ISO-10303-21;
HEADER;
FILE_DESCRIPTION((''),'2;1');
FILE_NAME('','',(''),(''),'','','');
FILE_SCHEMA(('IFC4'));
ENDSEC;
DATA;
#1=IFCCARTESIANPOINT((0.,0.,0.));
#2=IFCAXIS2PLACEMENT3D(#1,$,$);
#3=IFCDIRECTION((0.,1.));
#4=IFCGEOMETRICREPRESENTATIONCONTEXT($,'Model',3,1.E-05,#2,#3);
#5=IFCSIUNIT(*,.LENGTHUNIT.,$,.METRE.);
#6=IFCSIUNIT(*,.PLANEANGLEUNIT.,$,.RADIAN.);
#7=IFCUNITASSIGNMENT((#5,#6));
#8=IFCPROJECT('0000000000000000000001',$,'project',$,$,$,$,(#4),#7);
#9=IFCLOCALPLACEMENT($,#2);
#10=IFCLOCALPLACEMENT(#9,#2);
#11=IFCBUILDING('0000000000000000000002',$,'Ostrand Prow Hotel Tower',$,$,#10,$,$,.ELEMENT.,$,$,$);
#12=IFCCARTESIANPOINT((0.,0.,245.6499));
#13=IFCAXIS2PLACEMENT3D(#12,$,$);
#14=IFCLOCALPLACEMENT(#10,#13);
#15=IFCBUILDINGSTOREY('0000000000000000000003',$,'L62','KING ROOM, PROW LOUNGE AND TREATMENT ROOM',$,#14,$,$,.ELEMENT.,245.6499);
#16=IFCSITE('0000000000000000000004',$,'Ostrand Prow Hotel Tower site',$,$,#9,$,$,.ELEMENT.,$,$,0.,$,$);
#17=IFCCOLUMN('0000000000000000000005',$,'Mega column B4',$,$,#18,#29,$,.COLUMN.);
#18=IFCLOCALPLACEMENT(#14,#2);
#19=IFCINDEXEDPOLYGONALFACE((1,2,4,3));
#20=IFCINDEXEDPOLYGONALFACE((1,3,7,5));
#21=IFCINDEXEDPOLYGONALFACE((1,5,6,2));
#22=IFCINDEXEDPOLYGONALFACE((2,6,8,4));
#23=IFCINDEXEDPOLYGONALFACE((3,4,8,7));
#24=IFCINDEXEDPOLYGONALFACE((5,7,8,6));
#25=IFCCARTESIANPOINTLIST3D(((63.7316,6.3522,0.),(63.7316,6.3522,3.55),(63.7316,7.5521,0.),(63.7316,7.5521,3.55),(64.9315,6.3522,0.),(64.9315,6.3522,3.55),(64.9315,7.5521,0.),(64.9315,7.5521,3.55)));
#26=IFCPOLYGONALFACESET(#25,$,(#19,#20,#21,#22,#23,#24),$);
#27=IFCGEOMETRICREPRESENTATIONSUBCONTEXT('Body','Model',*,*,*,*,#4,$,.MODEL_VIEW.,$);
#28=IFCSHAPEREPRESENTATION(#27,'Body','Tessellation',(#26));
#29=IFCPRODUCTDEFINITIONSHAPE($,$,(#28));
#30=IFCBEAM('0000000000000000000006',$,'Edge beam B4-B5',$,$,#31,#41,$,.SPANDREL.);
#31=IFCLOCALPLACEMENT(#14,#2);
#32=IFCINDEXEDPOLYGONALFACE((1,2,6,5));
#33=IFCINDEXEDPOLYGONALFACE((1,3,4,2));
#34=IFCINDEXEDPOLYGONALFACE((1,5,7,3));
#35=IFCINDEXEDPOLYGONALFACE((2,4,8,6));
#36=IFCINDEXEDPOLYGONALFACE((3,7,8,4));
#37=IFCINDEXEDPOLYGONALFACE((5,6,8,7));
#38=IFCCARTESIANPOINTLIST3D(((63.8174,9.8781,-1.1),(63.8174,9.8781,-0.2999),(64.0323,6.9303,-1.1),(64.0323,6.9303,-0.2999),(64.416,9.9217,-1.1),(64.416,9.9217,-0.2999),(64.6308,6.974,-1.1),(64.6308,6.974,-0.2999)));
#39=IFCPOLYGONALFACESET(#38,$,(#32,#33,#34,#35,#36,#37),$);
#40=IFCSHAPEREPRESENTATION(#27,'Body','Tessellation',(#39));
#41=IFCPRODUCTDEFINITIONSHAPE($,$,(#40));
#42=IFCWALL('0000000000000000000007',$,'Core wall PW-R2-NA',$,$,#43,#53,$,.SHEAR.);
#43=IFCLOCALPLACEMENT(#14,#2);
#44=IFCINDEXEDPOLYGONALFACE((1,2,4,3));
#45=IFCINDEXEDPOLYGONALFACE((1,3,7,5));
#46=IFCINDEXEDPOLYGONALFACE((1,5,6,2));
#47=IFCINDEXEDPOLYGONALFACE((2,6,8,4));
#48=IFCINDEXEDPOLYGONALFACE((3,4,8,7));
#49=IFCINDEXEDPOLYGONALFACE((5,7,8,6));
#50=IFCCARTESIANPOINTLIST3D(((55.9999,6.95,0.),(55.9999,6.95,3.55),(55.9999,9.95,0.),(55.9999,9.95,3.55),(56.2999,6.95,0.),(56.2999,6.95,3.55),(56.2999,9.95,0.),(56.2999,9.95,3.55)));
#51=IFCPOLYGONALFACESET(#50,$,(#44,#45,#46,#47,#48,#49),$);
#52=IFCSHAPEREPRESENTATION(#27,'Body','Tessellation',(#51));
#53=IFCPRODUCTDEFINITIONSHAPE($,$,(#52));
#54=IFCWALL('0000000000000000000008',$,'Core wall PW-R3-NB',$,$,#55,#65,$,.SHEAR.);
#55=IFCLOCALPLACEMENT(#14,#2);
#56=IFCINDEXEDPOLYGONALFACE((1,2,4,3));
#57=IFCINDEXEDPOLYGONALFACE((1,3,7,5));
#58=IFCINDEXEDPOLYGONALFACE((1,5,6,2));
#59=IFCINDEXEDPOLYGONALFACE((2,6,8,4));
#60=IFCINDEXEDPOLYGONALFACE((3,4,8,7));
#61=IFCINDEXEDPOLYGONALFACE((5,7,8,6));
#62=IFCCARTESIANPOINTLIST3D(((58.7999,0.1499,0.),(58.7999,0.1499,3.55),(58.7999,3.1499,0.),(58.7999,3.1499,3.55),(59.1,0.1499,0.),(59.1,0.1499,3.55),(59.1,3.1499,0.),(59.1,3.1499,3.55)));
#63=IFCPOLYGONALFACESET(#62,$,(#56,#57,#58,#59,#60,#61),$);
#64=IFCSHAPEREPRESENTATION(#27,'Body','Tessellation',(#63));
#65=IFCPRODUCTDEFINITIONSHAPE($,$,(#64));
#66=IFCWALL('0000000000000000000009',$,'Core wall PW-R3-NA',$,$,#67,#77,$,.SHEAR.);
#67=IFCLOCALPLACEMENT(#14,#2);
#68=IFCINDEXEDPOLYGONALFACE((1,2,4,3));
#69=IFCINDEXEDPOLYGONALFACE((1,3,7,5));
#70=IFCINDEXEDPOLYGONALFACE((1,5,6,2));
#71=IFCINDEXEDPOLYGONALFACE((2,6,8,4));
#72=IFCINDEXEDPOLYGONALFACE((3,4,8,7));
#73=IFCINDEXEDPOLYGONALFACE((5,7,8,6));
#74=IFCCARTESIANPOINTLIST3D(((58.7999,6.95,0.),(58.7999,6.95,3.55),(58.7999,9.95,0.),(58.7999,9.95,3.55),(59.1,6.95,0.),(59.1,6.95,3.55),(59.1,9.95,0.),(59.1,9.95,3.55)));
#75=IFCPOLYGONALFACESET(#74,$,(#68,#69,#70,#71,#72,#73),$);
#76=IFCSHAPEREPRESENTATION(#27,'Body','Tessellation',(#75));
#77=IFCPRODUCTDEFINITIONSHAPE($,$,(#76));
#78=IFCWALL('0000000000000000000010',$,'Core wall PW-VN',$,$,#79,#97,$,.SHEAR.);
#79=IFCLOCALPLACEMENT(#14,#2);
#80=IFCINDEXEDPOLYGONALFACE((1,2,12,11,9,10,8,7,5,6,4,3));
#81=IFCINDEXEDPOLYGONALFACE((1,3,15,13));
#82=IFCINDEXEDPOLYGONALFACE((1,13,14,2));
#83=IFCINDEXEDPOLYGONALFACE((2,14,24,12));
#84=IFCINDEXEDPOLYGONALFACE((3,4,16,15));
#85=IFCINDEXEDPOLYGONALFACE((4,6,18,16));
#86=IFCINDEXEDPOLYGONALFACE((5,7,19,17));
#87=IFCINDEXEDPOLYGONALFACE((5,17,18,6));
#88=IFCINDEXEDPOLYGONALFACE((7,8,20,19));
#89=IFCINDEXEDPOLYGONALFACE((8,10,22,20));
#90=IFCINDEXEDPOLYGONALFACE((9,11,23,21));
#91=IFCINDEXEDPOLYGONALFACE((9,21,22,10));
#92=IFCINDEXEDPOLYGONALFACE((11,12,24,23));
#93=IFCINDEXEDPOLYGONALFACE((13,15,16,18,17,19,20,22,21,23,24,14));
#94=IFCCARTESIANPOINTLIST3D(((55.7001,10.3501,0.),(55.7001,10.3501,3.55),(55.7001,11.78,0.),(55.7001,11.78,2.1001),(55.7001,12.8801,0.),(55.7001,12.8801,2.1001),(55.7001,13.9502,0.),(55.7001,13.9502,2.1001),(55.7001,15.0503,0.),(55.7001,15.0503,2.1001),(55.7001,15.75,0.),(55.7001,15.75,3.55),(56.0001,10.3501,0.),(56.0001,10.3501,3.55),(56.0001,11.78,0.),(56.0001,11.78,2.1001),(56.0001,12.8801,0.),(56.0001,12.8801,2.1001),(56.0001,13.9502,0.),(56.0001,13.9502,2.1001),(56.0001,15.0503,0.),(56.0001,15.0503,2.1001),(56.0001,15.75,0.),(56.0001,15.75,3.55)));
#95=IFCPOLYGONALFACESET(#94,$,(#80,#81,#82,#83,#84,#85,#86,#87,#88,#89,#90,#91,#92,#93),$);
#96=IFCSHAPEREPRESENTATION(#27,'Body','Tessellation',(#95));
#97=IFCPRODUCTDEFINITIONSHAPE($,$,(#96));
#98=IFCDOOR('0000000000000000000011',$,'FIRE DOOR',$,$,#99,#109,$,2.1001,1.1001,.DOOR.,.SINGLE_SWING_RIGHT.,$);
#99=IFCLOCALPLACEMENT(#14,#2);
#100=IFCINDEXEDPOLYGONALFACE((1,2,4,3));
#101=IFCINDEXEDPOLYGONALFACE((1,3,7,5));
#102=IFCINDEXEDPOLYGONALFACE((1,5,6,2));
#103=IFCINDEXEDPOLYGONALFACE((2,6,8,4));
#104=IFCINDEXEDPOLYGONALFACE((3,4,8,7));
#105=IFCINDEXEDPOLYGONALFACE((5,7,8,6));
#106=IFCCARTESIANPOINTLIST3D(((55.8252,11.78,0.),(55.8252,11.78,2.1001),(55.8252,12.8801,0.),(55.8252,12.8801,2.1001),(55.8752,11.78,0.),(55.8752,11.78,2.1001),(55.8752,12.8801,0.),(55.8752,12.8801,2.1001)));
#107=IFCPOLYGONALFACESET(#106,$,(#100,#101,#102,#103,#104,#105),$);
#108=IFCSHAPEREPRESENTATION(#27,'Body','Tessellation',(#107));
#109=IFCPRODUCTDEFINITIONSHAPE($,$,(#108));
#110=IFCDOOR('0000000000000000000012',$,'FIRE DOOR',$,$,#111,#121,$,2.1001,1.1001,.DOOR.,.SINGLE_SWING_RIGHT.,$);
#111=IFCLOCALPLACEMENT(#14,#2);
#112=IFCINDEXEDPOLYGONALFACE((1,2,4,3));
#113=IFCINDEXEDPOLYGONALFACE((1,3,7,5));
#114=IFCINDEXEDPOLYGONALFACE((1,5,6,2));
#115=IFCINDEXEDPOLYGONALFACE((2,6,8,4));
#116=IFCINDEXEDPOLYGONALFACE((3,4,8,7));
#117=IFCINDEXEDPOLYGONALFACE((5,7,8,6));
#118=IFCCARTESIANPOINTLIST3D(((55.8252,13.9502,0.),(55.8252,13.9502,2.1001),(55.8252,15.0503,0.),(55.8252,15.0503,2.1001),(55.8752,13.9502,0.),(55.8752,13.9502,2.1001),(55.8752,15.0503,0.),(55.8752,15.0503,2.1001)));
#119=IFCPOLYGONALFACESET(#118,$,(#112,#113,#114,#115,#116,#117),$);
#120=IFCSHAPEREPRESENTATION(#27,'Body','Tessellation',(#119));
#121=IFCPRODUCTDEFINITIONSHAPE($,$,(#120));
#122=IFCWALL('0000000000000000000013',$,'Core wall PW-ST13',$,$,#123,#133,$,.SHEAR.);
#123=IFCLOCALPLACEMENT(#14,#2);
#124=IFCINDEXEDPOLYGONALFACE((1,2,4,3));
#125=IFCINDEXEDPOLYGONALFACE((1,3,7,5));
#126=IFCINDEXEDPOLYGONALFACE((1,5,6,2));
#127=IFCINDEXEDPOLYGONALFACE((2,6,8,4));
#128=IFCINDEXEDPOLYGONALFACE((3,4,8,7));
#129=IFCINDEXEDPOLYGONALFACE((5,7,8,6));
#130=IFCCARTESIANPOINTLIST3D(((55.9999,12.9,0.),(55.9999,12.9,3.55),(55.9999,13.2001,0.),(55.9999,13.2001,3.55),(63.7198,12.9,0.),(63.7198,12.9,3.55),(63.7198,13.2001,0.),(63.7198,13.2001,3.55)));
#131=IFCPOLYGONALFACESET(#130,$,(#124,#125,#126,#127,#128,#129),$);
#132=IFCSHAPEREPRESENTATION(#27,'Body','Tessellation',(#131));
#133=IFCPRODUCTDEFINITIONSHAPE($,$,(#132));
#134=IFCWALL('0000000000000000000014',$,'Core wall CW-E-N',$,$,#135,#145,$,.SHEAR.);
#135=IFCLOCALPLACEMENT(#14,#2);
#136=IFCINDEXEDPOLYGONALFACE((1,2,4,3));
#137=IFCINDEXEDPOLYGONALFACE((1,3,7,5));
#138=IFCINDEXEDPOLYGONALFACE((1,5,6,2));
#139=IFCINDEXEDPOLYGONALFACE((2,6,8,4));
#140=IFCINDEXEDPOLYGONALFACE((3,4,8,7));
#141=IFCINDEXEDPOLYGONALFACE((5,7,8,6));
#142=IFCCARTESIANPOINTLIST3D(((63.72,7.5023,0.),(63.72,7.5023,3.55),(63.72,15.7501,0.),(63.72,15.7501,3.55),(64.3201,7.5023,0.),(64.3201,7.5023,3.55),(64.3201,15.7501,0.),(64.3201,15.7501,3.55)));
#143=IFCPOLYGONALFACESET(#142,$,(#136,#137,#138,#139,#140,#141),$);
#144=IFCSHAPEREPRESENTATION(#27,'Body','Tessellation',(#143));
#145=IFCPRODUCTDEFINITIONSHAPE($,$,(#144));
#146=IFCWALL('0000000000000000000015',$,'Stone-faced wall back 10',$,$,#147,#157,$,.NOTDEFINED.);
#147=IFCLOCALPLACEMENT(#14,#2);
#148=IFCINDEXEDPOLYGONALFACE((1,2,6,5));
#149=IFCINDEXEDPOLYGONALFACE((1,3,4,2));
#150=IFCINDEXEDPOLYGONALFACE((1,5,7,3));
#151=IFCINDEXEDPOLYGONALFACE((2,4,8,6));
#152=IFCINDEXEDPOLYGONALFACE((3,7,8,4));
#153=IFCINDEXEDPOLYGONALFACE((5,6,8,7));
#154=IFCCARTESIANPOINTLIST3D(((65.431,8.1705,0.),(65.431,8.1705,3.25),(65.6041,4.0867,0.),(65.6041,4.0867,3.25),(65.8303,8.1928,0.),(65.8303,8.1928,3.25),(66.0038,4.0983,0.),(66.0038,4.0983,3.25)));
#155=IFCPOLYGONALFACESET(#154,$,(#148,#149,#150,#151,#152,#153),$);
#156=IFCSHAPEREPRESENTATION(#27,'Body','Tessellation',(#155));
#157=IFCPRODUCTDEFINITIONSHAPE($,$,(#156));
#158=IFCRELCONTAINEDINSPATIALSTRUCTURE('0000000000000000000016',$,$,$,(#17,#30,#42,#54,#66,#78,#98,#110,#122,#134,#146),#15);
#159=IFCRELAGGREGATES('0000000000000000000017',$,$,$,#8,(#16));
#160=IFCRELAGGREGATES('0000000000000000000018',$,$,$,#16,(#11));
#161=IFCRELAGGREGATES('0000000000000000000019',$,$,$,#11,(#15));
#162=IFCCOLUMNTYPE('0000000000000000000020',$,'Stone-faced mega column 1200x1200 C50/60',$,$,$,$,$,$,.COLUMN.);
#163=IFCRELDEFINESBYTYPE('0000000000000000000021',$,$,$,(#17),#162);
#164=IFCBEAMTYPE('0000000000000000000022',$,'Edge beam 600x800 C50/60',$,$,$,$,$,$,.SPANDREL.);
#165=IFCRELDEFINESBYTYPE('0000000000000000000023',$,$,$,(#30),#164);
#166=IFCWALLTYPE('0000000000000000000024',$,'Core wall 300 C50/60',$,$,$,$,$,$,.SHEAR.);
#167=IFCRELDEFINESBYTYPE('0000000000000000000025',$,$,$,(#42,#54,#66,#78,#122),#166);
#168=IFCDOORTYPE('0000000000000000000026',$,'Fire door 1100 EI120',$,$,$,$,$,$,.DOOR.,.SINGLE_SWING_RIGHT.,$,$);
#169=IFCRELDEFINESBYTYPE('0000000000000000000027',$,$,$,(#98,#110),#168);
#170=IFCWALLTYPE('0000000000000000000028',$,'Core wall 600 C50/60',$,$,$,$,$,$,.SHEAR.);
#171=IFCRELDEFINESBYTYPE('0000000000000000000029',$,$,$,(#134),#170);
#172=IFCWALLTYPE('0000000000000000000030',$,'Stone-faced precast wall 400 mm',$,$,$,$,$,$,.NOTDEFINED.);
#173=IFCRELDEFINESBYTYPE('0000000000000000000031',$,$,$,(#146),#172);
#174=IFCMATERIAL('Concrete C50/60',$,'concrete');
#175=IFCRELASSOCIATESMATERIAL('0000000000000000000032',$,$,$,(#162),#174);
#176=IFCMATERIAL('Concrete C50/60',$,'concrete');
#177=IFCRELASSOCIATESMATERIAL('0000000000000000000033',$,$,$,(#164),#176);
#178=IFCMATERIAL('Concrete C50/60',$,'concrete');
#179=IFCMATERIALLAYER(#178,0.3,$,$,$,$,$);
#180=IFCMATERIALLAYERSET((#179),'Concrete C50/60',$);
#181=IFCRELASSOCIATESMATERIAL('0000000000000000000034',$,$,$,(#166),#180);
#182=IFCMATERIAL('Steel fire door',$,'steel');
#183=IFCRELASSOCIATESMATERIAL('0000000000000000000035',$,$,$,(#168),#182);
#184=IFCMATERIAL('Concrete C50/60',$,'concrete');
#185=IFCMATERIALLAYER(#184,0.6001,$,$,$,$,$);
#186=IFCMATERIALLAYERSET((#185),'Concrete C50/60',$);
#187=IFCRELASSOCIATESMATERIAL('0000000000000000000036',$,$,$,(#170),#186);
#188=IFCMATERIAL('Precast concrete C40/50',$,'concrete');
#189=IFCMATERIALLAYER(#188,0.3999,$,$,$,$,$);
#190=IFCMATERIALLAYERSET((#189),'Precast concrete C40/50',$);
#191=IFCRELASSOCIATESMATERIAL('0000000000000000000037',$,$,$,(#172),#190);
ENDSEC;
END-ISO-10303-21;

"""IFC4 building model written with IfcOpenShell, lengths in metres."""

from ifc_helpers import new_model, si_unit, direction, frame, frame_2d, origin, origin_2d, place, context, subcontext, project, spatial, polyline, rectangle, outline, extrude, material, layer, layer_set, material_profile, profile_set, type_object, element, fill, save


model = new_model("IFC4")

# Units and contexts
model_context = context("Model", 3, precision=1e-05, world=origin(), true_north=direction((0.0, 1.0)))
body_context = subcontext(model_context, "Body", "Model", "MODEL_VIEW")
ifc_project = project(units=[si_unit("LENGTHUNIT", "METRE"), si_unit("PLANEANGLEUNIT", "RADIAN")], contexts=[model_context])

# Site, building, storey
site_placement = place(None, origin())
site = spatial("IfcSite", under=ifc_project, at=site_placement, Name="Ostrand Prow Hotel Tower site", CompositionType="ELEMENT", RefElevation=0.0)
building_placement = place(site_placement, origin())
building = spatial("IfcBuilding", under=site, at=building_placement, Name="Ostrand Prow Hotel Tower", CompositionType="ELEMENT")
storey_placement = place(building_placement, frame((0.0, 0.0, 245.6499)))
storey = spatial("IfcBuildingStorey", under=building, at=storey_placement, Name="L62", Description="KING ROOM, PROW LOUNGE AND TREATMENT ROOM", CompositionType="ELEMENT", Elevation=245.6499)

# Column
ifc_material_1 = material(Name="Concrete C50/60", Category="concrete")
ifc_material_profile_1 = material_profile(ifc_material_1, rectangle(XDim=1.2, YDim=1.2, at=origin_2d()), Name="RC 1200x1200")
ifc_profile_set_1 = profile_set([ifc_material_profile_1], Name="Concrete C50/60")
column_type = type_object("IfcColumnType", Name="Stone-faced mega column 1200x1200 C50/60", PredefinedType="COLUMN", material=ifc_profile_set_1)
column_placement = place(storey_placement, frame((64.3315, 6.9521, 0.0), z_axis=(0.0, 0.0, 1.0), x_axis=(1.0, 0.0, 0.0)))
element("IfcColumn", 1, at=column_placement, inside=storey, type_object=column_type, Name="Mega column B4", PredefinedType="COLUMN", context=body_context, shape_type="SweptSolid", body=[
    extrude(rectangle(XDim=1.2, YDim=1.2, at=origin_2d()), origin(), (0.0, 0.0, 1.0), 3.55),
])

# Beam
ifc_material_2 = material(Name="Concrete C50/60", Category="concrete")
ifc_material_profile_2 = material_profile(ifc_material_2, rectangle(XDim=0.6001, YDim=0.8, at=origin_2d()), Name="RC 600x800")
ifc_profile_set_2 = profile_set([ifc_material_profile_2], Name="Concrete C50/60")
beam_type = type_object("IfcBeamType", Name="Edge beam 600x800 C50/60", PredefinedType="SPANDREL", material=ifc_profile_set_2)
beam_placement = place(storey_placement, frame((64.3315, 6.9521, -0.7), z_axis=(-0.072691, 0.997355, 0.0), x_axis=(-0.997355, -0.072691, 0.0)))
element("IfcBeam", 2, at=beam_placement, inside=storey, type_object=beam_type, Name="Edge beam B4-B5", PredefinedType="SPANDREL", context=body_context, shape_type="SweptSolid", body=[
    extrude(rectangle(XDim=0.6001, YDim=0.8, at=origin_2d()), origin(), (0.0, 0.0, 1.0), 2.9556),
])

# Walls
ifc_material_3 = material(Name="Concrete C50/60", Category="concrete")
ifc_layer_1 = layer(ifc_material_3, 0.3)
ifc_layer_set_1 = layer_set([ifc_layer_1], Name="Concrete C50/60")
wall_type_1 = type_object("IfcWallType", Name="Core wall 300 C50/60", PredefinedType="SHEAR", material=ifc_layer_set_1)
for number, where, z_axis, x_axis, name in (
    (3, (56.1499, 6.95, 0.0), (0.0, 0.0, 1.0), (0.0, 1.0, 0.0), "Core wall PW-R2-NA"),
    (4, (58.95, 0.1499, 0.0), (0.0, 0.0, 1.0), (0.0, 1.0, 0.0), "Core wall PW-R3-NB"),
    (5, (58.95, 6.95, 0.0), (0.0, 0.0, 1.0), (0.0, 1.0, 0.0), "Core wall PW-R3-NA"),
):
    element("IfcWall", number, at=place(storey_placement, frame(where, z_axis=z_axis, x_axis=x_axis)), inside=storey, type_object=wall_type_1, Name=name, PredefinedType="SHEAR", context=body_context, shape_type="SweptSolid", body=[
        extrude(rectangle(XDim=3.0, YDim=0.3, at=frame_2d((1.5, 0.0))), origin(), (0.0, 0.0, 1.0), 3.55),
    ])

# Wall, openings, doors
wall_1_placement = place(storey_placement, frame((55.8501, 10.3501, 0.0), z_axis=(0.0, 0.0, 1.0), x_axis=(0.0, 1.0, 0.0)))
wall_1 = element("IfcWall", 6, at=wall_1_placement, inside=storey, type_object=wall_type_1, Name="Core wall PW-VN", PredefinedType="SHEAR", context=body_context, shape_type="SweptSolid", body=[
    extrude(rectangle(XDim=5.3999, YDim=0.3, at=frame_2d((2.7, 0.0))), origin(), (0.0, 0.0, 1.0), 3.55),
])
opening_1_placement = place(wall_1_placement, frame((1.4299, 0.0, 0.0)))
opening_1 = element("IfcOpeningElement", 7, at=opening_1_placement, cuts=wall_1, PredefinedType="OPENING", context=body_context, shape_type="SweptSolid", body=[
    extrude(rectangle(XDim=1.1001, YDim=2.1001, at=frame_2d((0.55, 1.05))), frame((0.0, 0.1599, 0.0), z_axis=(0.0, -1.0, 0.0), x_axis=(1.0, 0.0, 0.0)), (0.0, 0.0, 1.0), 0.3201),
])
opening_2_placement = place(wall_1_placement, frame((3.6001, 0.0, 0.0)))
opening_2 = element("IfcOpeningElement", 8, at=opening_2_placement, cuts=wall_1, PredefinedType="OPENING", context=body_context, shape_type="SweptSolid", body=[
    extrude(rectangle(XDim=1.1001, YDim=2.1001, at=frame_2d((0.55, 1.05))), frame((0.0, 0.1599, 0.0), z_axis=(0.0, -1.0, 0.0), x_axis=(1.0, 0.0, 0.0)), (0.0, 0.0, 1.0), 0.3201),
])
ifc_material_4 = material(Name="Steel fire door", Category="steel")
door_type = type_object("IfcDoorType", Name="Fire door 1100 EI120", OperationType="SINGLE_SWING_RIGHT", PredefinedType="DOOR", material=ifc_material_4)
door_1_placement = place(opening_1_placement, origin())
door_1 = element("IfcDoor", 9, at=door_1_placement, inside=storey, type_object=door_type, Name="FIRE DOOR", OperationType="SINGLE_SWING_RIGHT", OverallHeight=2.1001, OverallWidth=1.1001, PredefinedType="DOOR", context=body_context, shape_type="SweptSolid", body=[
    extrude(rectangle(XDim=1.1001, YDim=2.1001, at=frame_2d((0.55, 1.05))), frame((0.0, 0.0249, 0.0), z_axis=(0.0, -1.0, 0.0), x_axis=(1.0, 0.0, 0.0)), (0.0, 0.0, 1.0), 0.05),
])
fill(opening_1, door_1)
door_2_placement = place(opening_2_placement, origin())
door_2 = element("IfcDoor", 10, at=door_2_placement, inside=storey, type_object=door_type, Name="FIRE DOOR", OperationType="SINGLE_SWING_RIGHT", OverallHeight=2.1001, OverallWidth=1.1001, PredefinedType="DOOR", context=body_context, shape_type="SweptSolid", body=[
    extrude(rectangle(XDim=1.1001, YDim=2.1001, at=frame_2d((0.55, 1.05))), frame((0.0, 0.0249, 0.0), z_axis=(0.0, -1.0, 0.0), x_axis=(1.0, 0.0, 0.0)), (0.0, 0.0, 1.0), 0.05),
])
fill(opening_2, door_2)

# Walls
wall_2_placement = place(storey_placement, frame((56.0, 13.05, 0.0), z_axis=(0.0, 0.0, 1.0), x_axis=(1.0, 0.0, 0.0)))
element("IfcWall", 11, at=wall_2_placement, inside=storey, type_object=wall_type_1, Name="Core wall PW-ST13", PredefinedType="SHEAR", context=body_context, shape_type="SweptSolid", body=[
    extrude(rectangle(XDim=7.72, YDim=0.3, at=frame_2d((3.8599, 0.0))), origin(), (0.0, 0.0, 1.0), 3.55),
])
ifc_material_5 = material(Name="Concrete C50/60", Category="concrete")
ifc_layer_2 = layer(ifc_material_5, 0.6001)
ifc_layer_set_2 = layer_set([ifc_layer_2], Name="Concrete C50/60")
wall_type_2 = type_object("IfcWallType", Name="Core wall 600 C50/60", PredefinedType="SHEAR", material=ifc_layer_set_2)
wall_3_placement = place(storey_placement, frame((64.02, 7.5022, 0.0), z_axis=(0.0, 0.0, 1.0), x_axis=(0.0, 1.0, 0.0)))
element("IfcWall", 12, at=wall_3_placement, inside=storey, type_object=wall_type_2, Name="Core wall CW-E-N", PredefinedType="SHEAR", context=body_context, shape_type="SweptSolid", body=[
    extrude(rectangle(XDim=8.2478, YDim=0.6001, at=frame_2d((4.124, 0.0))), origin(), (0.0, 0.0, 1.0), 3.55),
])
ifc_material_6 = material(Name="Precast concrete C40/50", Category="concrete")
ifc_layer_3 = layer(ifc_material_6, 0.3999)
ifc_layer_set_3 = layer_set([ifc_layer_3], Name="Precast concrete C40/50")
wall_type_3 = type_object("IfcWallType", Name="Stone-faced precast wall 400 mm", PredefinedType="NOTDEFINED", material=ifc_layer_set_3)
wall_4_placement = place(storey_placement, frame((65.804, 4.0925, 0.0), z_axis=(0.0, 0.0, 1.0), x_axis=(-0.042353, 0.999103, 0.0)))
element("IfcWall", 13, at=wall_4_placement, inside=storey, type_object=wall_type_3, Name="Stone-faced wall back 10", PredefinedType="NOTDEFINED", context=body_context, shape_type="SweptSolid", body=[
    extrude(outline(polyline([(-0.0027, -0.2), (4.0955, -0.2), (4.0901, 0.2), (0.0027, 0.2), (-0.0027, -0.2)])), origin(), (0.0, 0.0, 1.0), 3.25),
])

save(model, "model.ifc")
